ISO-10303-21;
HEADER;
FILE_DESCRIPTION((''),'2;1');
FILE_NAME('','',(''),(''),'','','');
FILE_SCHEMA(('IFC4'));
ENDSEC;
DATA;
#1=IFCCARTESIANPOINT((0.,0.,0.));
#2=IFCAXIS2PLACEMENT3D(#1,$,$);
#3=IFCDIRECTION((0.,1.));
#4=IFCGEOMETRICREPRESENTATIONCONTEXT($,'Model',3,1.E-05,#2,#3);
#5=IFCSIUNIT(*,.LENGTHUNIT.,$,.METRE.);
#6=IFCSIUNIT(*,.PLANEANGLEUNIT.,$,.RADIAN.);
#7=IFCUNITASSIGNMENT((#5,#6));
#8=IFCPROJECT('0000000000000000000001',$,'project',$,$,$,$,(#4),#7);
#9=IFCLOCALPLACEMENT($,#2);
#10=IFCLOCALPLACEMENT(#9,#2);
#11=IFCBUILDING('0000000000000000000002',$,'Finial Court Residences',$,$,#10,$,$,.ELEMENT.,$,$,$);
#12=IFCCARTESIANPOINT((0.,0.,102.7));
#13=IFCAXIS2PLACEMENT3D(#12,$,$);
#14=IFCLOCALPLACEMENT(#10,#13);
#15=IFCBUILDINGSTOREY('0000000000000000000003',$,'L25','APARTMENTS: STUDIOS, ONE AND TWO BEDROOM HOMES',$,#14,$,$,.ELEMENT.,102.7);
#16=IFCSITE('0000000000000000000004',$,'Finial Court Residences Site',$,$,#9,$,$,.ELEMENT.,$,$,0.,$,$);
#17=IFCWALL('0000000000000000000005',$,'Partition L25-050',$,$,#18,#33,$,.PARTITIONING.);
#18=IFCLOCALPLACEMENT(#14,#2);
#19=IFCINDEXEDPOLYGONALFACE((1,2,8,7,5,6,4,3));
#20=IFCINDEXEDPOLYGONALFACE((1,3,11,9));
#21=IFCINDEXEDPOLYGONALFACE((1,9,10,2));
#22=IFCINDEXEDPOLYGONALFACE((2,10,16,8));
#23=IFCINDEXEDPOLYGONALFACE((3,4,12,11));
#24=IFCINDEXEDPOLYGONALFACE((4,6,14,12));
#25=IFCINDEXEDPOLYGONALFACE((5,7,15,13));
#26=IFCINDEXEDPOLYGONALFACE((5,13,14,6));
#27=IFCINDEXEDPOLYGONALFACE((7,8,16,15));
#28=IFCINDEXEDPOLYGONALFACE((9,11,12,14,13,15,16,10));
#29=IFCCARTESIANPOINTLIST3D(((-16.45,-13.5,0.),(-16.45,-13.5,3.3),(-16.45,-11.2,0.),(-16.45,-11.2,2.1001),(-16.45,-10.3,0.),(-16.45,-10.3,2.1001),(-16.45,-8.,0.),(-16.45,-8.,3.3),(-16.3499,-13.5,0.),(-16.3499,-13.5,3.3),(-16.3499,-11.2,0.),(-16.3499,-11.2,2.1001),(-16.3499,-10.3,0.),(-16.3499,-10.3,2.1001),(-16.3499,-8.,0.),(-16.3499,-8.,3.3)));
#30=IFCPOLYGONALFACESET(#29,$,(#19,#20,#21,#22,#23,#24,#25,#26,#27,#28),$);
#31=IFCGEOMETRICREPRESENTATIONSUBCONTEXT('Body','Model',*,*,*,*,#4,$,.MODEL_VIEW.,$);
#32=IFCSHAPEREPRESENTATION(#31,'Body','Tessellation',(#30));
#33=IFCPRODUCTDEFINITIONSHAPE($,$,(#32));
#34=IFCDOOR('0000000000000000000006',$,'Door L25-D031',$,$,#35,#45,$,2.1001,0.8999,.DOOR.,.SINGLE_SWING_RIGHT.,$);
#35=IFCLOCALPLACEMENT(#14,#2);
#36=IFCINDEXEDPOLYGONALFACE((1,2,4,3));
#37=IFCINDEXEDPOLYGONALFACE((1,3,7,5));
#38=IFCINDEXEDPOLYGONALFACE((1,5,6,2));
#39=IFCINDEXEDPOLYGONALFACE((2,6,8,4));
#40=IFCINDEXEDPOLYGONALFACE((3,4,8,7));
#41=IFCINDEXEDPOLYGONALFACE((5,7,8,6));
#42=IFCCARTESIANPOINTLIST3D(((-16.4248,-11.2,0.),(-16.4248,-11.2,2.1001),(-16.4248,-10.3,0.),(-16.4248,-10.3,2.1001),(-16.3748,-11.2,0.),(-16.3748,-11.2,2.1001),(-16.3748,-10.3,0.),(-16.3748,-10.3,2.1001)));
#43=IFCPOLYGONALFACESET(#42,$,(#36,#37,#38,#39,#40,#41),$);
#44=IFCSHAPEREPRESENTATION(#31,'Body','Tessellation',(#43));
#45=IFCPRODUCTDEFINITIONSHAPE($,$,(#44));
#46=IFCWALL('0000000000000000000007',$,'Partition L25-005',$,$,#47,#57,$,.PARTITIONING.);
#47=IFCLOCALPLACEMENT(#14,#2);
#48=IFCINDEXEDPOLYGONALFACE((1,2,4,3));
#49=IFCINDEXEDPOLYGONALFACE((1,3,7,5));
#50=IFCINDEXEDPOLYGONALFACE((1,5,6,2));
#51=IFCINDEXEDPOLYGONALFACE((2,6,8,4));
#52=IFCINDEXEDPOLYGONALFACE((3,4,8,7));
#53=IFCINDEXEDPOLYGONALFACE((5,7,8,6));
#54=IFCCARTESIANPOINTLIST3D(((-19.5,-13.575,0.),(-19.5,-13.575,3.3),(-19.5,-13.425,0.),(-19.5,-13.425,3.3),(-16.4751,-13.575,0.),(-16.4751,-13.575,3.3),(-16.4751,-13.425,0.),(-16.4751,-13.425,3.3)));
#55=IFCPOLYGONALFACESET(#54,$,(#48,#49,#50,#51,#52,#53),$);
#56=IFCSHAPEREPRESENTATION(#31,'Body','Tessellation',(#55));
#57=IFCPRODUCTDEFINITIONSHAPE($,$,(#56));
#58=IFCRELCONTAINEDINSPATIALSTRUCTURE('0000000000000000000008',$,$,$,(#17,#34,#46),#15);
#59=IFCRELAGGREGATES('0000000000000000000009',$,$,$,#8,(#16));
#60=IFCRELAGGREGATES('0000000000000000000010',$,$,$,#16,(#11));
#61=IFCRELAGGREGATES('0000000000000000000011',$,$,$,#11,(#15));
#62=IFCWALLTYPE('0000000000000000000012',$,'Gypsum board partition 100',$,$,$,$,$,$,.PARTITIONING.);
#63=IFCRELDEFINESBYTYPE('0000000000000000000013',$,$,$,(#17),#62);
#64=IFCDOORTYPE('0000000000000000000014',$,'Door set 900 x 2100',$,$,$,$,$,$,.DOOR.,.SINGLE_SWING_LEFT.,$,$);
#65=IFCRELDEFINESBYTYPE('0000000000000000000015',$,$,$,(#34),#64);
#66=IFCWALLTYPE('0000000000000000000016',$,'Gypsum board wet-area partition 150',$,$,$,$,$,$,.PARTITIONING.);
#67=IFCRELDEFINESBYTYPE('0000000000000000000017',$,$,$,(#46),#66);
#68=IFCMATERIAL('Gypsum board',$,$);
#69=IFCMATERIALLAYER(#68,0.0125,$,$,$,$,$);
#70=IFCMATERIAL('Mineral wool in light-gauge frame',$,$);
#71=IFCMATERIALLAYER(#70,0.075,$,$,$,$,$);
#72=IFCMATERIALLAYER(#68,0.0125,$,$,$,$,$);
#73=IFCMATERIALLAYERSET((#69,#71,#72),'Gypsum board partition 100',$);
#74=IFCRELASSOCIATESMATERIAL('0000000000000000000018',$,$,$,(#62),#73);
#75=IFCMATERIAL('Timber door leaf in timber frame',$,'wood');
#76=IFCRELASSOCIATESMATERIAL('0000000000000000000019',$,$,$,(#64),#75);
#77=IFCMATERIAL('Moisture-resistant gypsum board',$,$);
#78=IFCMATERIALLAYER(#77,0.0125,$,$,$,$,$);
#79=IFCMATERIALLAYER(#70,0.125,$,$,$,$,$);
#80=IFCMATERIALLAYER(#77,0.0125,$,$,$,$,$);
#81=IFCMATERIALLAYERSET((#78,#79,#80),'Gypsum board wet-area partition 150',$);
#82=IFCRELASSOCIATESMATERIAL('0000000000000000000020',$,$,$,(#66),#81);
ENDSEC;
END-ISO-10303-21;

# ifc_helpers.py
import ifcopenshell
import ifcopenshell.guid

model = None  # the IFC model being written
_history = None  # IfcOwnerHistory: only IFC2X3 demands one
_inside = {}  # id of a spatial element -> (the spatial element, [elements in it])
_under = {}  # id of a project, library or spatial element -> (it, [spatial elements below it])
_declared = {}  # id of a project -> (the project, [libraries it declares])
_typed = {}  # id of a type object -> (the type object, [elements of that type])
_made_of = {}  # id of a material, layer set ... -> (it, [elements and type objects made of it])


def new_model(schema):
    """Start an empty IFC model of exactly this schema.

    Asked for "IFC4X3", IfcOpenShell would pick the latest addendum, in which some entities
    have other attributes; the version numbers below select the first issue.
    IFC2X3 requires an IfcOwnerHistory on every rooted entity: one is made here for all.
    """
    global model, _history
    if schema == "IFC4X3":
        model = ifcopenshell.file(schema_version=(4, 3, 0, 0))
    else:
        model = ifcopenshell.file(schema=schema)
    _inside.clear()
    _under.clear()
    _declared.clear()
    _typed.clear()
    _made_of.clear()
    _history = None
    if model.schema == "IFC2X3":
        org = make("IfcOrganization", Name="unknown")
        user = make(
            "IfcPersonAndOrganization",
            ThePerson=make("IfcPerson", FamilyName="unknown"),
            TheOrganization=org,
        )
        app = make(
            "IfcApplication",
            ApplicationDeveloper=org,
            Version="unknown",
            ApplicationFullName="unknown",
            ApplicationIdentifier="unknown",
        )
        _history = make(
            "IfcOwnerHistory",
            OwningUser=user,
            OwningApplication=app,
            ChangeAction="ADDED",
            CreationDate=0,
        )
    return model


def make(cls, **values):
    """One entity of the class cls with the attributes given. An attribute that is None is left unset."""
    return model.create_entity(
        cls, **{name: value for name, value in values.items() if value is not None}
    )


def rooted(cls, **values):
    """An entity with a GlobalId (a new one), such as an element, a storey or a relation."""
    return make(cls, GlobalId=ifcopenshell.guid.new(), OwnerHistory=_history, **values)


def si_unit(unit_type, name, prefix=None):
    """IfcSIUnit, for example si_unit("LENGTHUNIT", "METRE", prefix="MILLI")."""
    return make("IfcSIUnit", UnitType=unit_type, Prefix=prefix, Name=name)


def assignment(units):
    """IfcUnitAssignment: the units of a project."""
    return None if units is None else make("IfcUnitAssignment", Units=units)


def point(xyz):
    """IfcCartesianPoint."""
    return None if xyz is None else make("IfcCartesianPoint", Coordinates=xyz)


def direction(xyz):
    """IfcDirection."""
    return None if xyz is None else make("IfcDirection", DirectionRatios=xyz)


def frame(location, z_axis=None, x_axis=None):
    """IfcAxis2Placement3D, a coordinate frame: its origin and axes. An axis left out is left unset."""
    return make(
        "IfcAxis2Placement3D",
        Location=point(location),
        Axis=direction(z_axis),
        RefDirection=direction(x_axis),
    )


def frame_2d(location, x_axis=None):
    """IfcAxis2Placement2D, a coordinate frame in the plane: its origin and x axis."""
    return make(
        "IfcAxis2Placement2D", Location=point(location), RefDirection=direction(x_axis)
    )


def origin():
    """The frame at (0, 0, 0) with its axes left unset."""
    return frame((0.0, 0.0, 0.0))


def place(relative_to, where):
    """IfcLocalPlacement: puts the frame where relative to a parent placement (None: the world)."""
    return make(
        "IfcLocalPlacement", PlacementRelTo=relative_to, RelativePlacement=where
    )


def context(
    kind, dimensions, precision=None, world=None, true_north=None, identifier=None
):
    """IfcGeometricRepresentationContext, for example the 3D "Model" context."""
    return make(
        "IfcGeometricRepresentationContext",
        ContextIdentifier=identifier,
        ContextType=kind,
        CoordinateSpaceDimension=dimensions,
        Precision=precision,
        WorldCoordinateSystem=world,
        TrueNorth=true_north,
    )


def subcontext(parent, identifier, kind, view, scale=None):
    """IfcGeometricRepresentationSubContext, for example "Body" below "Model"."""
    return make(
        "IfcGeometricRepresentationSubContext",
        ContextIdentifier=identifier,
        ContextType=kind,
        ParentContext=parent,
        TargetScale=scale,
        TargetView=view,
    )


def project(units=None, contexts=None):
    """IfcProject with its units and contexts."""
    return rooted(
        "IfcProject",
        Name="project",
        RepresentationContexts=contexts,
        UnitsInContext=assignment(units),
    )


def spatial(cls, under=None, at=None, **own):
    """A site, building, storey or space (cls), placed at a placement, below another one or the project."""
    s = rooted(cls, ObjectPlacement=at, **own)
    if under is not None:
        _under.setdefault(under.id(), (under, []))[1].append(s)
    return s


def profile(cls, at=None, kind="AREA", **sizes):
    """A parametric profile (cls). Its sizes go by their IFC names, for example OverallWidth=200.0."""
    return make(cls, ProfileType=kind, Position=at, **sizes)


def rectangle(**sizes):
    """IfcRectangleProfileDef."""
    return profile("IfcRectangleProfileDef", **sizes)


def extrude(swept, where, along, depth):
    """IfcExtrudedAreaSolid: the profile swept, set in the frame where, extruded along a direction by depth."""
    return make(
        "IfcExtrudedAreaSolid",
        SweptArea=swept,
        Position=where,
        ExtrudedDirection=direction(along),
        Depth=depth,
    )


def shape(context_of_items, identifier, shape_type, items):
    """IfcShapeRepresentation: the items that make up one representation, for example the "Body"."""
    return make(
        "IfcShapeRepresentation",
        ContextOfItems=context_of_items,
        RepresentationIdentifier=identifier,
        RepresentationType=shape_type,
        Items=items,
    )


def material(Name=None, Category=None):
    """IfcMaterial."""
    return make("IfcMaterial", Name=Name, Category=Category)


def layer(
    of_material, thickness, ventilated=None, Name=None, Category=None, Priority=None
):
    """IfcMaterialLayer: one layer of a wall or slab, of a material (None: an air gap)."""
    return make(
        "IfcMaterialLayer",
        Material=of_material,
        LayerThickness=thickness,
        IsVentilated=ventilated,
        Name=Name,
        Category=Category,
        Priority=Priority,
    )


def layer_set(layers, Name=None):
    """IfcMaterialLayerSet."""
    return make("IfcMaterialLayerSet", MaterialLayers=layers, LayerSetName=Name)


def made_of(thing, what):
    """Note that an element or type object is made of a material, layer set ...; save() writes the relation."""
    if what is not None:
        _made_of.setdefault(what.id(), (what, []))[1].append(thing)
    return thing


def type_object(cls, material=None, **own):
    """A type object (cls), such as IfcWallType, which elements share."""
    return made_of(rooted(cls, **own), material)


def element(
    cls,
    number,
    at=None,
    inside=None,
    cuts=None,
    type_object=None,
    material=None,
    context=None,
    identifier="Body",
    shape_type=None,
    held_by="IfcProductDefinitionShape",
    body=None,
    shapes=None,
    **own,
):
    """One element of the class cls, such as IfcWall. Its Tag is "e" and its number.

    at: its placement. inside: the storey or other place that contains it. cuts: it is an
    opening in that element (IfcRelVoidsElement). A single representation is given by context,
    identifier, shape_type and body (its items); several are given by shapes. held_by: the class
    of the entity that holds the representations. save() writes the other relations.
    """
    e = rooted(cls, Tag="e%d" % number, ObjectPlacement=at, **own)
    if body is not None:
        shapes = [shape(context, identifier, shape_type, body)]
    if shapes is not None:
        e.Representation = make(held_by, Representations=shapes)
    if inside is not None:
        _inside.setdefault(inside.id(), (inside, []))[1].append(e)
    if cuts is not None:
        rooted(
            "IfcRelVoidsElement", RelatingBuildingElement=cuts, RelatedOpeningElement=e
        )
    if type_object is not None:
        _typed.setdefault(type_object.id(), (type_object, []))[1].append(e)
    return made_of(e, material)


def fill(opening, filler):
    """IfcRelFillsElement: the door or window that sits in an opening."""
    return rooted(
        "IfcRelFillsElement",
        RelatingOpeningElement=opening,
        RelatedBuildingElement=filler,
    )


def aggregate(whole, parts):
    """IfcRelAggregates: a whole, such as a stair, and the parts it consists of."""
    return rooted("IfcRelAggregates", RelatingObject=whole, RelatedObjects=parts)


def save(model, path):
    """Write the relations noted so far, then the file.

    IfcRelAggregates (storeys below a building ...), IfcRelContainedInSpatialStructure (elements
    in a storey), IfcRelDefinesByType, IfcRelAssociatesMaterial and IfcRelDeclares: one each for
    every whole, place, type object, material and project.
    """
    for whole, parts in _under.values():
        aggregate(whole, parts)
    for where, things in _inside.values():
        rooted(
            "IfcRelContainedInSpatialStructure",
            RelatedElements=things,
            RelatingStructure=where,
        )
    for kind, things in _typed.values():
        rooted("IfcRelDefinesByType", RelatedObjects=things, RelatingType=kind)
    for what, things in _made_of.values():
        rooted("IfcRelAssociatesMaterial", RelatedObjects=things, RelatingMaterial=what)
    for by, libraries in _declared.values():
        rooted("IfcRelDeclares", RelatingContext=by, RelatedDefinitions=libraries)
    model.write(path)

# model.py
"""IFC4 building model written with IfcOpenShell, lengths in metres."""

from ifc_helpers import new_model, si_unit, direction, frame, frame_2d, origin, place, context, subcontext, project, spatial, rectangle, extrude, material, layer, layer_set, type_object, element, fill, save


model = new_model("IFC4")

# Units and contexts
model_context = context("Model", 3, precision=1e-05, world=origin(), true_north=direction((0.0, 1.0)))
body_context = subcontext(model_context, "Body", "Model", "MODEL_VIEW")
ifc_project = project(units=[si_unit("LENGTHUNIT", "METRE"), si_unit("PLANEANGLEUNIT", "RADIAN")], contexts=[model_context])

# Site, building, storey
site_placement = place(None, origin())
site = spatial("IfcSite", under=ifc_project, at=site_placement, Name="Finial Court Residences Site", CompositionType="ELEMENT", RefElevation=0.0)
building_placement = place(site_placement, origin())
building = spatial("IfcBuilding", under=site, at=building_placement, Name="Finial Court Residences", CompositionType="ELEMENT")
storey_placement = place(building_placement, frame((0.0, 0.0, 102.7)))
storey = spatial("IfcBuildingStorey", under=building, at=storey_placement, Name="L25", Description="APARTMENTS: STUDIOS, ONE AND TWO BEDROOM HOMES", CompositionType="ELEMENT", Elevation=102.7)

# Wall, opening, door
ifc_material_1 = material(Name="Gypsum board")
ifc_layer_1 = layer(ifc_material_1, 0.0125)
ifc_material_2 = material(Name="Mineral wool in light-gauge frame")
ifc_layer_2 = layer(ifc_material_2, 0.075)
ifc_layer_3 = layer(ifc_material_1, 0.0125)
ifc_layer_set_1 = layer_set([ifc_layer_1, ifc_layer_2, ifc_layer_3], Name="Gypsum board partition 100")
wall_type_1 = type_object("IfcWallType", Name="Gypsum board partition 100", PredefinedType="PARTITIONING", material=ifc_layer_set_1)
ifc_material_3 = material(Name="Timber door leaf in timber frame", Category="wood")
door_type_1 = type_object("IfcDoorType", Name="Door set 900 x 2100", OperationType="SINGLE_SWING_LEFT", PredefinedType="DOOR", material=ifc_material_3)
wall_1_placement = place(storey_placement, frame((-16.3999, -13.5, 0.0), z_axis=(0.0, 0.0, 1.0), x_axis=(0.0, 1.0, 0.0)))
wall_1 = element("IfcWall", 1, at=wall_1_placement, inside=storey, type_object=wall_type_1, Name="Partition L25-050", PredefinedType="PARTITIONING", context=body_context, shape_type="SweptSolid", body=[
    extrude(rectangle(XDim=5.5, YDim=0.1001, at=frame_2d((2.75, 0.0))), origin(), (0.0, 0.0, 1.0), 3.3),
])
opening_1_placement = place(wall_1_placement, frame((2.3, 0.0, 0.0)))
opening_1 = element("IfcOpeningElement", 2, at=opening_1_placement, cuts=wall_1, PredefinedType="OPENING", context=body_context, shape_type="SweptSolid", body=[
    extrude(rectangle(XDim=0.8999, YDim=2.1001, at=frame_2d((0.45, 1.05))), frame((0.0, 0.0601, 0.0), z_axis=(0.0, -1.0, 0.0), x_axis=(1.0, 0.0, 0.0)), (0.0, 0.0, 1.0), 0.1201),
])
door_1_placement = place(opening_1_placement, origin())
door_1 = element("IfcDoor", 3, at=door_1_placement, inside=storey, type_object=door_type_1, Name="Door L25-D031", OperationType="SINGLE_SWING_RIGHT", OverallHeight=2.1001, OverallWidth=0.8999, PredefinedType="DOOR", context=body_context, shape_type="SweptSolid", body=[
    extrude(rectangle(XDim=0.8999, YDim=2.1001, at=frame_2d((0.45, 1.05))), frame((0.0, 0.0249, 0.0), z_axis=(0.0, -1.0, 0.0), x_axis=(1.0, 0.0, 0.0)), (0.0, 0.0, 1.0), 0.05),
])
fill(opening_1, door_1)

# Wall
ifc_material_4 = material(Name="Moisture-resistant gypsum board")
ifc_layer_4 = layer(ifc_material_4, 0.0125)
ifc_layer_5 = layer(ifc_material_2, 0.125)
ifc_layer_6 = layer(ifc_material_4, 0.0125)
ifc_layer_set_2 = layer_set([ifc_layer_4, ifc_layer_5, ifc_layer_6], Name="Gypsum board wet-area partition 150")
wall_type_2 = type_object("IfcWallType", Name="Gypsum board wet-area partition 150", PredefinedType="PARTITIONING", material=ifc_layer_set_2)
wall_2_placement = place(storey_placement, frame((-19.5, -13.5, 0.0), z_axis=(0.0, 0.0, 1.0), x_axis=(1.0, 0.0, 0.0)))
element("IfcWall", 4, at=wall_2_placement, inside=storey, type_object=wall_type_2, Name="Partition L25-005", PredefinedType="PARTITIONING", context=body_context, shape_type="SweptSolid", body=[
    extrude(rectangle(XDim=3.0249, YDim=0.1499, at=frame_2d((1.5125, 0.0))), origin(), (0.0, 0.0, 1.0), 3.3),
])

save(model, "model.ifc")
